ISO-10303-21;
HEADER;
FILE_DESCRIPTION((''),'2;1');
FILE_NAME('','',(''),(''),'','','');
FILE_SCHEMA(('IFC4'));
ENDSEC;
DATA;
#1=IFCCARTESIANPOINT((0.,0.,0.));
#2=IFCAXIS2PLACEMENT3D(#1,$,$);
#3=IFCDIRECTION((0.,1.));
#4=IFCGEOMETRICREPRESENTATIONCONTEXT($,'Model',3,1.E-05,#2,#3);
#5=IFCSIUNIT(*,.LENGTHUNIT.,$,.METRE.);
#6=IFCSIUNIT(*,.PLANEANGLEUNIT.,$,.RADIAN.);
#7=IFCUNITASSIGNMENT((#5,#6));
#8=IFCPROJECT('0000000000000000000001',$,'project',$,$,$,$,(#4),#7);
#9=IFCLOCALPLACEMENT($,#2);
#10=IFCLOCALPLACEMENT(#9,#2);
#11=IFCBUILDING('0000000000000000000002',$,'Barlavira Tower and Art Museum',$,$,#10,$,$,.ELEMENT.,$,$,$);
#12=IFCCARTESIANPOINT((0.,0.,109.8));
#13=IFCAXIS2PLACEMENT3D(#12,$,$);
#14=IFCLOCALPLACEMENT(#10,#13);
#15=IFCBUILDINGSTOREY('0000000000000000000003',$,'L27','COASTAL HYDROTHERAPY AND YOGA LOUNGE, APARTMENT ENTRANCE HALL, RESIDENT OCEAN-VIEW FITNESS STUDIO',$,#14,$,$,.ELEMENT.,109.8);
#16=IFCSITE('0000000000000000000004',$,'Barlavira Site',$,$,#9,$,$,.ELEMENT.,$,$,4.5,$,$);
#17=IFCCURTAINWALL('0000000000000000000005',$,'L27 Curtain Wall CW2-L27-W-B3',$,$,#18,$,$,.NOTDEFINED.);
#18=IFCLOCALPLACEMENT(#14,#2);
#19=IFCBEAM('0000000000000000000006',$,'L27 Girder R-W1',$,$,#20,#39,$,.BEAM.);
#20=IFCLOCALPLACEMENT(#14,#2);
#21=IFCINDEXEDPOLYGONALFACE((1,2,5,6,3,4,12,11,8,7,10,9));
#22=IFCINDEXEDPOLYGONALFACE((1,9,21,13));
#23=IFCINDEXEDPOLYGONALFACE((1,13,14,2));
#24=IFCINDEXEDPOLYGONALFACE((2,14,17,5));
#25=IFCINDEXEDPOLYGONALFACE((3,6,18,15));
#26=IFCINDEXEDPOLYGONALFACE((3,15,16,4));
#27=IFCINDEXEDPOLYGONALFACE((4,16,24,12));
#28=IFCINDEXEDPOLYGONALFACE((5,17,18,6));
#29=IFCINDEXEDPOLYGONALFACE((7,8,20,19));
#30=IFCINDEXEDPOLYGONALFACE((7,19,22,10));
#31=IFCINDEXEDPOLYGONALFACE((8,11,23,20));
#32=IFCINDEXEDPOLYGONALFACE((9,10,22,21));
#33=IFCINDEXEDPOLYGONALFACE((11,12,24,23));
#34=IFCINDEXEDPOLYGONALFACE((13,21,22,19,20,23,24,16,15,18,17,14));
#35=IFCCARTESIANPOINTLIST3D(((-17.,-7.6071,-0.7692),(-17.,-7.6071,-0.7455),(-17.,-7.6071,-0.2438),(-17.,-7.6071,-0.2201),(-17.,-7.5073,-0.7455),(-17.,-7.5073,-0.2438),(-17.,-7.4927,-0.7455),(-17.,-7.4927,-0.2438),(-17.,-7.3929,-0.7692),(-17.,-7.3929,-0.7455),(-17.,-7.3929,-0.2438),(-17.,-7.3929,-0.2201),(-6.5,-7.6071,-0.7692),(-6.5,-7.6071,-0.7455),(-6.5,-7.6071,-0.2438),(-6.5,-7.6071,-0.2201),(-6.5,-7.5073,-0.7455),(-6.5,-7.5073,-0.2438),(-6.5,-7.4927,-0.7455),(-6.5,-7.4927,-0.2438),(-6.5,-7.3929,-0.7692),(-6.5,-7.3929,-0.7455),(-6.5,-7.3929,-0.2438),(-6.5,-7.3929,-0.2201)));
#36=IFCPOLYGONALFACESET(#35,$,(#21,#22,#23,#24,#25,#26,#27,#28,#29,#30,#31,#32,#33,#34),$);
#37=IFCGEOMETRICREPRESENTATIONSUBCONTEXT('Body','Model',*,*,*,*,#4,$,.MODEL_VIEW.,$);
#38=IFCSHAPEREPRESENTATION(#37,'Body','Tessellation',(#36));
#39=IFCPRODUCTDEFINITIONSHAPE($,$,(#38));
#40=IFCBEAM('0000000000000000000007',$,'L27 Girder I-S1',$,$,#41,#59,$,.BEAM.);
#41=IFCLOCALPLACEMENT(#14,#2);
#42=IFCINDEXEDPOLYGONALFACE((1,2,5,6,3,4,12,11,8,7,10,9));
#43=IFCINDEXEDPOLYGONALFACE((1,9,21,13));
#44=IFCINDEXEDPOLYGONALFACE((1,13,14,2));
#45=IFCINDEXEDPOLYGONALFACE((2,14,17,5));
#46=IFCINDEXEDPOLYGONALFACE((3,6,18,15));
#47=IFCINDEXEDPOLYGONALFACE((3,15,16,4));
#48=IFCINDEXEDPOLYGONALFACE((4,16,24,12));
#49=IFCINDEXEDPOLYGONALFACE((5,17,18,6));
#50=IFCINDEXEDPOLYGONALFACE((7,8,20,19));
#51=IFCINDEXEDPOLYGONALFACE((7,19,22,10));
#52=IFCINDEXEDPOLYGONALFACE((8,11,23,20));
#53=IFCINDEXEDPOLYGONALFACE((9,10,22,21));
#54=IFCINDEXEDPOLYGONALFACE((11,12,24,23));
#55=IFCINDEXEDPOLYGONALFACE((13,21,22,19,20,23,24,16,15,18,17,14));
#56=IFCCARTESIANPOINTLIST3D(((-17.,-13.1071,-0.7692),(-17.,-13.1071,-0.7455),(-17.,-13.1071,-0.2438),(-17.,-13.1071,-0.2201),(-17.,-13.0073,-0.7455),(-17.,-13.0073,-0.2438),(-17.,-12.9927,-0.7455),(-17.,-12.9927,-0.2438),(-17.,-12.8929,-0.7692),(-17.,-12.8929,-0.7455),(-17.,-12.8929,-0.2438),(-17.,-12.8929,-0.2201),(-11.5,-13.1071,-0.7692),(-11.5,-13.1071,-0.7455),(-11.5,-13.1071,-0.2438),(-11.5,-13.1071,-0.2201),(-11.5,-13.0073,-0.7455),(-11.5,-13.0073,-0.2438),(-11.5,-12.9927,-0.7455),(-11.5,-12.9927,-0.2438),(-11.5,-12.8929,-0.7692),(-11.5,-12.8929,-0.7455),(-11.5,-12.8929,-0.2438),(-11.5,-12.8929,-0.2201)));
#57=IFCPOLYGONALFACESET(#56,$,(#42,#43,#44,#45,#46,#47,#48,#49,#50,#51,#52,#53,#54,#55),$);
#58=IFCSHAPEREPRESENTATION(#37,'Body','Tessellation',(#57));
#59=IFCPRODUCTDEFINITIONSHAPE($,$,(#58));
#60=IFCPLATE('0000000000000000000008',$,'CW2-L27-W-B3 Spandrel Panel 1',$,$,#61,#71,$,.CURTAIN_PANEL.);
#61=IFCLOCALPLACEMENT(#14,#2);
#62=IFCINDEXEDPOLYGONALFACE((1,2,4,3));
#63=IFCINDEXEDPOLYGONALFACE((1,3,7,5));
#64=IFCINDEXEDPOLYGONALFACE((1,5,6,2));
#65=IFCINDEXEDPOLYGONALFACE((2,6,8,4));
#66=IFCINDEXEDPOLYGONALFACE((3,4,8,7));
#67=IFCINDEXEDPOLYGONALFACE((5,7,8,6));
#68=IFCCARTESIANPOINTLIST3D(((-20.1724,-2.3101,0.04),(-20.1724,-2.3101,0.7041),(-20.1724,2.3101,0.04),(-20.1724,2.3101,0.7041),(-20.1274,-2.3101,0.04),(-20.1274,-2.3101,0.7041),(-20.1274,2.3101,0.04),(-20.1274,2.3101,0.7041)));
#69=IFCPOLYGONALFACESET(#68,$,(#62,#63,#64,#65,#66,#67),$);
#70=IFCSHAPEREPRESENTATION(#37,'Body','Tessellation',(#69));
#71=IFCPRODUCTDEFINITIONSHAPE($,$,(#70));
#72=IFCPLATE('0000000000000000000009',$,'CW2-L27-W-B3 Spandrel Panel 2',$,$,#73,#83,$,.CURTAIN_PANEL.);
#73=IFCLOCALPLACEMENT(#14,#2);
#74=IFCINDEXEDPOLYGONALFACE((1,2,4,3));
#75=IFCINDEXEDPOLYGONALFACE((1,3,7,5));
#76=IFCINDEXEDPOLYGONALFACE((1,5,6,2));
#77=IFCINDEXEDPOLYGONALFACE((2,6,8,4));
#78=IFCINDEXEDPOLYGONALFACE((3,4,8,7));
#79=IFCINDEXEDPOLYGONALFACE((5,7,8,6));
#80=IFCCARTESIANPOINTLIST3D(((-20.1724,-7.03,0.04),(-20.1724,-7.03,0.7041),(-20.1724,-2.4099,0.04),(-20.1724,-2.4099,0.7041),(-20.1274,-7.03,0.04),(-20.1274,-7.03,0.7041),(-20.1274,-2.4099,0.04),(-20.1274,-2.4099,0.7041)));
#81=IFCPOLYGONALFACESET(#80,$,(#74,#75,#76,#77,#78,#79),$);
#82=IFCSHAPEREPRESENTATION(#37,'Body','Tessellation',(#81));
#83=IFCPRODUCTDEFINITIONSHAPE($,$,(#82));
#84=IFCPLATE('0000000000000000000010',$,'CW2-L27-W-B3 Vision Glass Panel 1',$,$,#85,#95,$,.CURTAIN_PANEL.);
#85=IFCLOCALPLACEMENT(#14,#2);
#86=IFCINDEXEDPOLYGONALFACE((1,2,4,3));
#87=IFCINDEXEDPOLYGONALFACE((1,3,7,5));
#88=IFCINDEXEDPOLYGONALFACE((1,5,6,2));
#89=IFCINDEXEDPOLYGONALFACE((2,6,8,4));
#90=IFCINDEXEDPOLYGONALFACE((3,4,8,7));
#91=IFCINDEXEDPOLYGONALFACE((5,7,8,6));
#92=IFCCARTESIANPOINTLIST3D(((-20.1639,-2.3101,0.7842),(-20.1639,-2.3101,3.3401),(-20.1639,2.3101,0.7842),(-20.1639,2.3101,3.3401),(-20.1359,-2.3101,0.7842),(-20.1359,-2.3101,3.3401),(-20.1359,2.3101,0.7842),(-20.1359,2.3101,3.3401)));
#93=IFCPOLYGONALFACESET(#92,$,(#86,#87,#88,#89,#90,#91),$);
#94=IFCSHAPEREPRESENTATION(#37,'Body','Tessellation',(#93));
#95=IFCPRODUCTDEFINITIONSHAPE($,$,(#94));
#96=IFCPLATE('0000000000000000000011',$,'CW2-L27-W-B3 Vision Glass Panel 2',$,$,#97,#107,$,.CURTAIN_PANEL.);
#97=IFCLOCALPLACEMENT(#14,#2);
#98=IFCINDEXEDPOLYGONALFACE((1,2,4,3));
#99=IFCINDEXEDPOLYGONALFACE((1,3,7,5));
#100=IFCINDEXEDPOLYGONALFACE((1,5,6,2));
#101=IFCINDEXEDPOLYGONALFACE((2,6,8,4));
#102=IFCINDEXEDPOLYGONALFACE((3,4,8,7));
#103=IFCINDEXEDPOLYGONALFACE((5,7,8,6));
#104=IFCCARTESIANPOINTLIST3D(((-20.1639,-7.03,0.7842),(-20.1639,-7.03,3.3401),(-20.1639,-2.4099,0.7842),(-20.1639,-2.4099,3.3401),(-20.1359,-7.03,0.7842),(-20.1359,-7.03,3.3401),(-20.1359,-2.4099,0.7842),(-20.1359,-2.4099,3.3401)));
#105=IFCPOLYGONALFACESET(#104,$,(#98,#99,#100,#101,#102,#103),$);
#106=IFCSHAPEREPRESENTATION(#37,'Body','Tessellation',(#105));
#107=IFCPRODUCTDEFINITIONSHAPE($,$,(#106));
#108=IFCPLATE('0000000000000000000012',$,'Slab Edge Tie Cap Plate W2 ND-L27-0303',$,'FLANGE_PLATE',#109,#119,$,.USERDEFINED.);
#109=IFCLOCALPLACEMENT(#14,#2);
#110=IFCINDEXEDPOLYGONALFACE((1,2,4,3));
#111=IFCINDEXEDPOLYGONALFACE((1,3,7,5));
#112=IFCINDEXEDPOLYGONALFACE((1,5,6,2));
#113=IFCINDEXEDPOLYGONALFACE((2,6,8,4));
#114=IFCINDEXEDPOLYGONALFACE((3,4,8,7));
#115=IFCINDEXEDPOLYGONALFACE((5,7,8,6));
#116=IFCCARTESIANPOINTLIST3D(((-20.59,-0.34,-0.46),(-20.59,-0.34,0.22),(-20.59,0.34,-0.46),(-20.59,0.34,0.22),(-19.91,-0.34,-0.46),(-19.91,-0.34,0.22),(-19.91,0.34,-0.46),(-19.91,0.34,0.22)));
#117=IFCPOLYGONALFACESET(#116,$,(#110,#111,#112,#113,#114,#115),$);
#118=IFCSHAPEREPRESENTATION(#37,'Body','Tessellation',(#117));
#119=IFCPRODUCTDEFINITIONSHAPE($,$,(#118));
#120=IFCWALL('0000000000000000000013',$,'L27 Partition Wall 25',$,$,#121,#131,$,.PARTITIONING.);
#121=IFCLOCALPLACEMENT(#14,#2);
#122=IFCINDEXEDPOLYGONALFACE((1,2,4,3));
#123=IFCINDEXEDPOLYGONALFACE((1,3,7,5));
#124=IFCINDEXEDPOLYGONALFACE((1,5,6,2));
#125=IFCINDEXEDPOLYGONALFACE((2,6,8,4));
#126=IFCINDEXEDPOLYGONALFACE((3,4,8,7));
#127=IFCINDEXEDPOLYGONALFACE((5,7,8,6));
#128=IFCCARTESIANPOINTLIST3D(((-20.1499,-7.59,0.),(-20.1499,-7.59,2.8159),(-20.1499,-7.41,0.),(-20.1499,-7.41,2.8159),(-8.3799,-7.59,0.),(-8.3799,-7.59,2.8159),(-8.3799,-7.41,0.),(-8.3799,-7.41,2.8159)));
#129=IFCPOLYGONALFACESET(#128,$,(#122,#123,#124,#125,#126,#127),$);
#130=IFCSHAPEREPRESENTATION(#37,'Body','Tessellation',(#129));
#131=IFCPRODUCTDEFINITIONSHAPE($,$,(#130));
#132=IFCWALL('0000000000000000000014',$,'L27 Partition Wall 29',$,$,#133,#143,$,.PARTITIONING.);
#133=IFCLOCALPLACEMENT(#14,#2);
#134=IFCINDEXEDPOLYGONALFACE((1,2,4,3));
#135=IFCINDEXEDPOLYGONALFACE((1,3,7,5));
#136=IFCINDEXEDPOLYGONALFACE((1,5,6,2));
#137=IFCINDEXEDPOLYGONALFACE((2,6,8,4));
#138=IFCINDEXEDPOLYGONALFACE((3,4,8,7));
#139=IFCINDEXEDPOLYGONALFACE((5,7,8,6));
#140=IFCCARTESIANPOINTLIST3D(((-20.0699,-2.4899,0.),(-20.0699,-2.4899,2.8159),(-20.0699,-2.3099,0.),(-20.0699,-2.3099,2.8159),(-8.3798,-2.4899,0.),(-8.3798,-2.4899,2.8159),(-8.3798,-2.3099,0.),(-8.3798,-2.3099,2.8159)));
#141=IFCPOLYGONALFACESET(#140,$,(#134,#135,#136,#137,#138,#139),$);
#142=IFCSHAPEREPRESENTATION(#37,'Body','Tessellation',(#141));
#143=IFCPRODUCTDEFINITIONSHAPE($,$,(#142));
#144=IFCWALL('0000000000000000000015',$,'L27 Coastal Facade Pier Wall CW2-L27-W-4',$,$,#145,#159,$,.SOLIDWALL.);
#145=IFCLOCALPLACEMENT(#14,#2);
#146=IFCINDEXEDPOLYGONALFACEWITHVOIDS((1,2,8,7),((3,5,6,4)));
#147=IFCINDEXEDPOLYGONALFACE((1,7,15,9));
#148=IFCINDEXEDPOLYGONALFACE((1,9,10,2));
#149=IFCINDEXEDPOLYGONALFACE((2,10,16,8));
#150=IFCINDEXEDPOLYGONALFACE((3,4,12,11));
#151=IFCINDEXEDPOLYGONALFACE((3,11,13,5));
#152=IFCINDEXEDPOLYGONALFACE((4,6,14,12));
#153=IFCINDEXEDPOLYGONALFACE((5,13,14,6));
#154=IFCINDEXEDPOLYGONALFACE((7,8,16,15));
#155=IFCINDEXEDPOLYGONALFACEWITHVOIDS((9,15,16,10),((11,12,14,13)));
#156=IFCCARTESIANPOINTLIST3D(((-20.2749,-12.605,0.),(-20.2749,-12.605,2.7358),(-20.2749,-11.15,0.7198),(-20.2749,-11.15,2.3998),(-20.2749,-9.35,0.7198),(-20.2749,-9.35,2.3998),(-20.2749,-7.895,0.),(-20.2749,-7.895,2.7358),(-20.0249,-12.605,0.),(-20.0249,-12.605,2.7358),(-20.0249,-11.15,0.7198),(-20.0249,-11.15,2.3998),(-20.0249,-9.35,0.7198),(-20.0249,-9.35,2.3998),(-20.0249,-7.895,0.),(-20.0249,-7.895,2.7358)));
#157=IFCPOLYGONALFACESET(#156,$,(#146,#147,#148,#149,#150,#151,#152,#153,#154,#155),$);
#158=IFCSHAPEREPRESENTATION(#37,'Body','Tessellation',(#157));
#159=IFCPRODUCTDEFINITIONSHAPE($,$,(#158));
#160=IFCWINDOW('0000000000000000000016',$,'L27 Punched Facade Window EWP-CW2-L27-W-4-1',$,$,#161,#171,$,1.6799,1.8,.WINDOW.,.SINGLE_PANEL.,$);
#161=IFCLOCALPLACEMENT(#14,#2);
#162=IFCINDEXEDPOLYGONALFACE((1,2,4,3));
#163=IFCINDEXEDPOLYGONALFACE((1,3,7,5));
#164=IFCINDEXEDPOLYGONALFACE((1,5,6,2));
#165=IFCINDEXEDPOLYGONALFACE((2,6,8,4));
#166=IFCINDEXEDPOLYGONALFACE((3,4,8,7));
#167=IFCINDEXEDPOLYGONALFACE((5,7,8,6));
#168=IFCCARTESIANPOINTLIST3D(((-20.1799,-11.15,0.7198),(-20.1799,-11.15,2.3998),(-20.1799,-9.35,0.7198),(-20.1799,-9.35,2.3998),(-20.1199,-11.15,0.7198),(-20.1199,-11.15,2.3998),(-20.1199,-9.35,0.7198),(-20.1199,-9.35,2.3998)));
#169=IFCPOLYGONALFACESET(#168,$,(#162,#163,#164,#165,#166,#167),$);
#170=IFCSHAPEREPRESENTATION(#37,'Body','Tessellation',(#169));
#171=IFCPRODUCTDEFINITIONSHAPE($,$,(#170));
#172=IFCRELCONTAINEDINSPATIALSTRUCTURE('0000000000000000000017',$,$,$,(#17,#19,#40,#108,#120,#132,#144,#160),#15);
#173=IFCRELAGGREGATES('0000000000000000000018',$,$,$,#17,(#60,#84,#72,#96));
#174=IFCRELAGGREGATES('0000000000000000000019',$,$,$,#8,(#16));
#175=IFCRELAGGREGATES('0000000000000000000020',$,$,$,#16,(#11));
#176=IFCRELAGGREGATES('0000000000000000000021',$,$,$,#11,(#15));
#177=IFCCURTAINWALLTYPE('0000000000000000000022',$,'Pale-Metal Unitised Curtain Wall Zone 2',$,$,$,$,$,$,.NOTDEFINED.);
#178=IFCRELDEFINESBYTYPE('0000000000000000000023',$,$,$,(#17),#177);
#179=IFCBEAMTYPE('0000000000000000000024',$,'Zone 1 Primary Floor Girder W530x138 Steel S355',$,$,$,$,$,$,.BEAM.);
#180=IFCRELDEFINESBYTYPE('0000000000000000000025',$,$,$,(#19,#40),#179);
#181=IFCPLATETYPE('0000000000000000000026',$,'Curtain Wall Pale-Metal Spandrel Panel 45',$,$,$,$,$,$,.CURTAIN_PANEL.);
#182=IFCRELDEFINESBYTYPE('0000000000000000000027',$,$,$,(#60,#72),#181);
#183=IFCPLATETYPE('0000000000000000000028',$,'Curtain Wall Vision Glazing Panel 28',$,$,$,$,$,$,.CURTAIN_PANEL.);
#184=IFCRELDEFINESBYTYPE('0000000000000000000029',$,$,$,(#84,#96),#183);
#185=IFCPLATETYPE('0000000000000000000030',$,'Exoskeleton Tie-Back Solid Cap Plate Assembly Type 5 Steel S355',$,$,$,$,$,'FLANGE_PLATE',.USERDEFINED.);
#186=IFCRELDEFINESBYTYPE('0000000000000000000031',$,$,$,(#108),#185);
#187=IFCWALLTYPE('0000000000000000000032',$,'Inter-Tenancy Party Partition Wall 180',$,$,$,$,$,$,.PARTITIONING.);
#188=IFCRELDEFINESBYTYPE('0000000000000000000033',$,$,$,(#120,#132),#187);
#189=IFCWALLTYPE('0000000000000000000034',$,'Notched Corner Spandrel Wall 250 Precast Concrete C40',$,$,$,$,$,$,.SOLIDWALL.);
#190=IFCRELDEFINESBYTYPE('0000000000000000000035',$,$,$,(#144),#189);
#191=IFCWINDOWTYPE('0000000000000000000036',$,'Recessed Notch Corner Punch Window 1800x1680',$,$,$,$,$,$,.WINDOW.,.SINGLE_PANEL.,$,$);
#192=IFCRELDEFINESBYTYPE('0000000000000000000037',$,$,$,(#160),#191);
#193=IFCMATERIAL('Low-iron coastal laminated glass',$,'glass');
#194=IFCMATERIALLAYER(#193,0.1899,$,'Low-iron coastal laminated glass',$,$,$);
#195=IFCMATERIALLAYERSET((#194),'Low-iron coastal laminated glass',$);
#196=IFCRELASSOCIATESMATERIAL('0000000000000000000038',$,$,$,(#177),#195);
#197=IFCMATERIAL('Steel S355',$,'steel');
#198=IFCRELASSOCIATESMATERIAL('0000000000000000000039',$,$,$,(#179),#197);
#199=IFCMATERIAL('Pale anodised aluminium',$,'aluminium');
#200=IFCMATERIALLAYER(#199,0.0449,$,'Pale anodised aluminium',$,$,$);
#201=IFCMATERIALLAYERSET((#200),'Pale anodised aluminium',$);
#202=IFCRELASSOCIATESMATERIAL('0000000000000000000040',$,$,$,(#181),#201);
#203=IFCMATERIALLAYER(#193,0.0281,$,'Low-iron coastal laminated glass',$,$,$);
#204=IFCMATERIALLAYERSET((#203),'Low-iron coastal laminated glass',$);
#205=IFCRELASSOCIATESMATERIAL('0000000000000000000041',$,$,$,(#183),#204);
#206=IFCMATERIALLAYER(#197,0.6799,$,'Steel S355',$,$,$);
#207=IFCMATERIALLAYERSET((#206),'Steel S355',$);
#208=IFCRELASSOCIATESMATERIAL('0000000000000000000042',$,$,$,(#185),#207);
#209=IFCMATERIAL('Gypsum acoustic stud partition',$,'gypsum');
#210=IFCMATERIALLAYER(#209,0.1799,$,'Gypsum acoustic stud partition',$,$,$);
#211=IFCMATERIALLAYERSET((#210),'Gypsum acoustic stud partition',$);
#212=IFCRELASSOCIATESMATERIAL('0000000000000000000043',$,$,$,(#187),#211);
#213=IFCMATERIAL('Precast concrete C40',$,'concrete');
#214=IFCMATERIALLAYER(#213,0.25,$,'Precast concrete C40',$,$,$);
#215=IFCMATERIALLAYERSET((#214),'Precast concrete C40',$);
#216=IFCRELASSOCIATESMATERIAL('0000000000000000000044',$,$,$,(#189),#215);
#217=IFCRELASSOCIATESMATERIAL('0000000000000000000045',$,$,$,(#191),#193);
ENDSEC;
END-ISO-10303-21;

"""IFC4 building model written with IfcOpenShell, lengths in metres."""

from ifc_helpers import new_model, si_unit, direction, frame, frame_2d, origin, origin_2d, place, context, subcontext, project, spatial, rectangle, i_section, extrude, material, layer, layer_set, material_profile, profile_set, type_object, element, fill, aggregate, save


model = new_model("IFC4")

# Units and contexts
model_context = context("Model", 3, precision=1e-05, world=origin(), true_north=direction((0.0, 1.0)))
body_context = subcontext(model_context, "Body", "Model", "MODEL_VIEW")
ifc_project = project(units=[si_unit("LENGTHUNIT", "METRE"), si_unit("PLANEANGLEUNIT", "RADIAN")], contexts=[model_context])

# Site, building, storey
site_placement = place(None, origin())
site = spatial("IfcSite", under=ifc_project, at=site_placement, Name="Barlavira Site", CompositionType="ELEMENT", RefElevation=4.5)
building_placement = place(site_placement, origin())
building = spatial("IfcBuilding", under=site, at=building_placement, Name="Barlavira Tower and Art Museum", CompositionType="ELEMENT")
storey_placement = place(building_placement, frame((0.0, 0.0, 109.8)))
storey = spatial("IfcBuildingStorey", under=building, at=storey_placement, Name="L27", Description="COASTAL HYDROTHERAPY AND YOGA LOUNGE, APARTMENT ENTRANCE HALL, RESIDENT OCEAN-VIEW FITNESS STUDIO", CompositionType="ELEMENT", Elevation=109.8)

# Curtain wall
ifc_material_1 = material(Name="Low-iron coastal laminated glass", Category="glass")
ifc_layer_1 = layer(ifc_material_1, 0.1899, Name="Low-iron coastal laminated glass")
ifc_layer_set_1 = layer_set([ifc_layer_1], Name="Low-iron coastal laminated glass")
curtain_wall_type = type_object("IfcCurtainWallType", Name="Pale-Metal Unitised Curtain Wall Zone 2", PredefinedType="NOTDEFINED", material=ifc_layer_set_1)
curtain_wall_placement = place(storey_placement, origin())
curtain_wall = element("IfcCurtainWall", 1, at=curtain_wall_placement, inside=storey, type_object=curtain_wall_type, Name="L27 Curtain Wall CW2-L27-W-B3", PredefinedType="NOTDEFINED")
ifc_material_2 = material(Name="Pale anodised aluminium", Category="aluminium")

# Shared definitions
ifc_material_3 = material(Name="Steel S355", Category="steel")

# Beams
ifc_material_profile_1 = material_profile(ifc_material_3, i_section(OverallWidth=0.2141, OverallDepth=0.5491, WebThickness=0.0146, FlangeThickness=0.0237, at=origin_2d()), Name="W530x138.0")
ifc_profile_set_1 = profile_set([ifc_material_profile_1], Name="Steel S355")
beam_type_1 = type_object("IfcBeamType", Name="Zone 1 Primary Floor Girder W530x138 Steel S355", PredefinedType="BEAM", material=ifc_profile_set_1)
beam_1_placement = place(storey_placement, frame((-17.0, -7.5, -0.4946), z_axis=(1.0, 0.0, 0.0), x_axis=(0.0, 1.0, 0.0)))
element("IfcBeam", 2, at=beam_1_placement, inside=storey, type_object=beam_type_1, Name="L27 Girder R-W1", PredefinedType="BEAM", context=body_context, shape_type="SweptSolid", body=[
    extrude(i_section(OverallWidth=0.2141, OverallDepth=0.5491, WebThickness=0.0146, FlangeThickness=0.0237, at=origin_2d()), origin(), (0.0, 0.0, 1.0), 10.5),
])
beam_2_placement = place(storey_placement, frame((-17.0, -13.0, -0.4946), z_axis=(1.0, 0.0, 0.0), x_axis=(0.0, 1.0, 0.0)))
element("IfcBeam", 3, at=beam_2_placement, inside=storey, type_object=beam_type_1, Name="L27 Girder I-S1", PredefinedType="BEAM", context=body_context, shape_type="SweptSolid", body=[
    extrude(i_section(OverallWidth=0.2141, OverallDepth=0.5491, WebThickness=0.0146, FlangeThickness=0.0237, at=origin_2d()), origin(), (0.0, 0.0, 1.0), 5.5),
])

# Plates
ifc_layer_2 = layer(ifc_material_2, 0.0449, Name="Pale anodised aluminium")
ifc_layer_set_2 = layer_set([ifc_layer_2], Name="Pale anodised aluminium")
plate_type_1 = type_object("IfcPlateType", Name="Curtain Wall Pale-Metal Spandrel Panel 45", PredefinedType="CURTAIN_PANEL", material=ifc_layer_set_2)
plate_1_placement = place(storey_placement, frame((-20.1499, 0.0, 0.04), z_axis=(0.0, 0.0, 1.0), x_axis=(0.0, -1.0, 0.0)))
plate_1 = element("IfcPlate", 4, at=plate_1_placement, type_object=plate_type_1, Name="CW2-L27-W-B3 Spandrel Panel 1", PredefinedType="CURTAIN_PANEL", context=body_context, shape_type="SweptSolid", body=[
    extrude(rectangle(XDim=4.6201, YDim=0.0449, at=origin_2d()), origin(), (0.0, 0.0, 1.0), 0.6641),
])
plate_2_placement = place(storey_placement, frame((-20.1499, -4.72, 0.04), z_axis=(0.0, 0.0, 1.0), x_axis=(0.0, -1.0, 0.0)))
plate_2 = element("IfcPlate", 5, at=plate_2_placement, type_object=plate_type_1, Name="CW2-L27-W-B3 Spandrel Panel 2", PredefinedType="CURTAIN_PANEL", context=body_context, shape_type="SweptSolid", body=[
    extrude(rectangle(XDim=4.6201, YDim=0.0449, at=origin_2d()), origin(), (0.0, 0.0, 1.0), 0.6641),
])
ifc_layer_3 = layer(ifc_material_1, 0.0281, Name="Low-iron coastal laminated glass")
ifc_layer_set_3 = layer_set([ifc_layer_3], Name="Low-iron coastal laminated glass")
plate_type_2 = type_object("IfcPlateType", Name="Curtain Wall Vision Glazing Panel 28", PredefinedType="CURTAIN_PANEL", material=ifc_layer_set_3)
plate_3_placement = place(storey_placement, frame((-20.1499, 0.0, 0.7842), z_axis=(0.0, 0.0, 1.0), x_axis=(0.0, -1.0, 0.0)))
plate_3 = element("IfcPlate", 6, at=plate_3_placement, type_object=plate_type_2, Name="CW2-L27-W-B3 Vision Glass Panel 1", PredefinedType="CURTAIN_PANEL", context=body_context, shape_type="SweptSolid", body=[
    extrude(rectangle(XDim=4.6201, YDim=0.0281, at=origin_2d()), origin(), (0.0, 0.0, 1.0), 2.5559),
])
plate_4_placement = place(storey_placement, frame((-20.1499, -4.72, 0.7842), z_axis=(0.0, 0.0, 1.0), x_axis=(0.0, -1.0, 0.0)))
plate_4 = element("IfcPlate", 7, at=plate_4_placement, type_object=plate_type_2, Name="CW2-L27-W-B3 Vision Glass Panel 2", PredefinedType="CURTAIN_PANEL", context=body_context, shape_type="SweptSolid", body=[
    extrude(rectangle(XDim=4.6201, YDim=0.0281, at=origin_2d()), origin(), (0.0, 0.0, 1.0), 2.5559),
])
aggregate(curtain_wall, [plate_1, plate_3, plate_2, plate_4])
ifc_layer_4 = layer(ifc_material_3, 0.6799, Name="Steel S355")
ifc_layer_set_4 = layer_set([ifc_layer_4], Name="Steel S355")
plate_type_3 = type_object("IfcPlateType", Name="Exoskeleton Tie-Back Solid Cap Plate Assembly Type 5 Steel S355", ElementType="FLANGE_PLATE", PredefinedType="USERDEFINED", material=ifc_layer_set_4)
plate_5_placement = place(storey_placement, frame((-20.25, 0.0, -0.46), z_axis=(0.0, 0.0, 1.0), x_axis=(1.0, 0.0, 0.0)))
element("IfcPlate", 8, at=plate_5_placement, inside=storey, type_object=plate_type_3, Name="Slab Edge Tie Cap Plate W2 ND-L27-0303", ObjectType="FLANGE_PLATE", PredefinedType="USERDEFINED", context=body_context, shape_type="SweptSolid", body=[
    extrude(rectangle(XDim=0.6799, YDim=0.6799, at=origin_2d()), origin(), (0.0, 0.0, 1.0), 0.6799),
])

# Walls
ifc_material_4 = material(Name="Gypsum acoustic stud partition", Category="gypsum")
ifc_layer_5 = layer(ifc_material_4, 0.1799, Name="Gypsum acoustic stud partition")
ifc_layer_set_5 = layer_set([ifc_layer_5], Name="Gypsum acoustic stud partition")
wall_type_1 = type_object("IfcWallType", Name="Inter-Tenancy Party Partition Wall 180", PredefinedType="PARTITIONING", material=ifc_layer_set_5)
wall_1_placement = place(storey_placement, frame((-20.1499, -7.5, 0.0), z_axis=(0.0, 0.0, 1.0), x_axis=(1.0, 0.0, 0.0)))
element("IfcWall", 9, at=wall_1_placement, inside=storey, type_object=wall_type_1, Name="L27 Partition Wall 25", PredefinedType="PARTITIONING", context=body_context, shape_type="SweptSolid", body=[
    extrude(rectangle(XDim=11.77, YDim=0.1799, at=frame_2d((5.885, 0.0))), origin(), (0.0, 0.0, 1.0), 2.8159),
])
wall_2_placement = place(storey_placement, frame((-20.0701, -2.3999, 0.0), z_axis=(0.0, 0.0, 1.0), x_axis=(1.0, 0.0, 0.0)))
element("IfcWall", 10, at=wall_2_placement, inside=storey, type_object=wall_type_1, Name="L27 Partition Wall 29", PredefinedType="PARTITIONING", context=body_context, shape_type="SweptSolid", body=[
    extrude(rectangle(XDim=11.6902, YDim=0.1799, at=frame_2d((5.8452, 0.0))), origin(), (0.0, 0.0, 1.0), 2.8159),
])

# Wall, opening, window
ifc_material_5 = material(Name="Precast concrete C40", Category="concrete")
ifc_layer_6 = layer(ifc_material_5, 0.25, Name="Precast concrete C40")
ifc_layer_set_6 = layer_set([ifc_layer_6], Name="Precast concrete C40")
wall_type_2 = type_object("IfcWallType", Name="Notched Corner Spandrel Wall 250 Precast Concrete C40", PredefinedType="SOLIDWALL", material=ifc_layer_set_6)
wall_3_placement = place(storey_placement, frame((-20.1499, -7.895, 0.0), z_axis=(0.0, 0.0, 1.0), x_axis=(0.0, -1.0, 0.0)))
wall_3 = element("IfcWall", 11, at=wall_3_placement, inside=storey, type_object=wall_type_2, Name="L27 Coastal Facade Pier Wall CW2-L27-W-4", PredefinedType="SOLIDWALL", context=body_context, shape_type="SweptSolid", body=[
    extrude(rectangle(XDim=4.71, YDim=0.25, at=frame_2d((2.355, 0.0))), origin(), (0.0, 0.0, 1.0), 2.7358),
])
opening_placement = place(wall_3_placement, frame((1.4551, 0.0, 0.72)))
opening = element("IfcOpeningElement", 12, at=opening_placement, cuts=wall_3, PredefinedType="OPENING", context=body_context, shape_type="SweptSolid", body=[
    extrude(rectangle(XDim=1.8, YDim=1.6799, at=frame_2d((0.8999, 0.8398))), frame((0.0, 0.135, 0.0), z_axis=(0.0, -1.0, 0.0), x_axis=(1.0, 0.0, 0.0)), (0.0, 0.0, 1.0), 0.27),
])
window_type = type_object("IfcWindowType", Name="Recessed Notch Corner Punch Window 1800x1680", PartitioningType="SINGLE_PANEL", PredefinedType="WINDOW", material=ifc_material_1)
window_placement = place(opening_placement, origin())
window = element("IfcWindow", 13, at=window_placement, inside=storey, type_object=window_type, Name="L27 Punched Facade Window EWP-CW2-L27-W-4-1", OverallHeight=1.6799, OverallWidth=1.8, PartitioningType="SINGLE_PANEL", PredefinedType="WINDOW", context=body_context, shape_type="SweptSolid", body=[
    extrude(rectangle(XDim=1.8, YDim=1.6799, at=frame_2d((0.8999, 0.8398))), frame((0.0, 0.03, 0.0), z_axis=(0.0, -1.0, 0.0), x_axis=(1.0, 0.0, 0.0)), (0.0, 0.0, 1.0), 0.0601),
])
fill(opening, window)

save(model, "model.ifc")
